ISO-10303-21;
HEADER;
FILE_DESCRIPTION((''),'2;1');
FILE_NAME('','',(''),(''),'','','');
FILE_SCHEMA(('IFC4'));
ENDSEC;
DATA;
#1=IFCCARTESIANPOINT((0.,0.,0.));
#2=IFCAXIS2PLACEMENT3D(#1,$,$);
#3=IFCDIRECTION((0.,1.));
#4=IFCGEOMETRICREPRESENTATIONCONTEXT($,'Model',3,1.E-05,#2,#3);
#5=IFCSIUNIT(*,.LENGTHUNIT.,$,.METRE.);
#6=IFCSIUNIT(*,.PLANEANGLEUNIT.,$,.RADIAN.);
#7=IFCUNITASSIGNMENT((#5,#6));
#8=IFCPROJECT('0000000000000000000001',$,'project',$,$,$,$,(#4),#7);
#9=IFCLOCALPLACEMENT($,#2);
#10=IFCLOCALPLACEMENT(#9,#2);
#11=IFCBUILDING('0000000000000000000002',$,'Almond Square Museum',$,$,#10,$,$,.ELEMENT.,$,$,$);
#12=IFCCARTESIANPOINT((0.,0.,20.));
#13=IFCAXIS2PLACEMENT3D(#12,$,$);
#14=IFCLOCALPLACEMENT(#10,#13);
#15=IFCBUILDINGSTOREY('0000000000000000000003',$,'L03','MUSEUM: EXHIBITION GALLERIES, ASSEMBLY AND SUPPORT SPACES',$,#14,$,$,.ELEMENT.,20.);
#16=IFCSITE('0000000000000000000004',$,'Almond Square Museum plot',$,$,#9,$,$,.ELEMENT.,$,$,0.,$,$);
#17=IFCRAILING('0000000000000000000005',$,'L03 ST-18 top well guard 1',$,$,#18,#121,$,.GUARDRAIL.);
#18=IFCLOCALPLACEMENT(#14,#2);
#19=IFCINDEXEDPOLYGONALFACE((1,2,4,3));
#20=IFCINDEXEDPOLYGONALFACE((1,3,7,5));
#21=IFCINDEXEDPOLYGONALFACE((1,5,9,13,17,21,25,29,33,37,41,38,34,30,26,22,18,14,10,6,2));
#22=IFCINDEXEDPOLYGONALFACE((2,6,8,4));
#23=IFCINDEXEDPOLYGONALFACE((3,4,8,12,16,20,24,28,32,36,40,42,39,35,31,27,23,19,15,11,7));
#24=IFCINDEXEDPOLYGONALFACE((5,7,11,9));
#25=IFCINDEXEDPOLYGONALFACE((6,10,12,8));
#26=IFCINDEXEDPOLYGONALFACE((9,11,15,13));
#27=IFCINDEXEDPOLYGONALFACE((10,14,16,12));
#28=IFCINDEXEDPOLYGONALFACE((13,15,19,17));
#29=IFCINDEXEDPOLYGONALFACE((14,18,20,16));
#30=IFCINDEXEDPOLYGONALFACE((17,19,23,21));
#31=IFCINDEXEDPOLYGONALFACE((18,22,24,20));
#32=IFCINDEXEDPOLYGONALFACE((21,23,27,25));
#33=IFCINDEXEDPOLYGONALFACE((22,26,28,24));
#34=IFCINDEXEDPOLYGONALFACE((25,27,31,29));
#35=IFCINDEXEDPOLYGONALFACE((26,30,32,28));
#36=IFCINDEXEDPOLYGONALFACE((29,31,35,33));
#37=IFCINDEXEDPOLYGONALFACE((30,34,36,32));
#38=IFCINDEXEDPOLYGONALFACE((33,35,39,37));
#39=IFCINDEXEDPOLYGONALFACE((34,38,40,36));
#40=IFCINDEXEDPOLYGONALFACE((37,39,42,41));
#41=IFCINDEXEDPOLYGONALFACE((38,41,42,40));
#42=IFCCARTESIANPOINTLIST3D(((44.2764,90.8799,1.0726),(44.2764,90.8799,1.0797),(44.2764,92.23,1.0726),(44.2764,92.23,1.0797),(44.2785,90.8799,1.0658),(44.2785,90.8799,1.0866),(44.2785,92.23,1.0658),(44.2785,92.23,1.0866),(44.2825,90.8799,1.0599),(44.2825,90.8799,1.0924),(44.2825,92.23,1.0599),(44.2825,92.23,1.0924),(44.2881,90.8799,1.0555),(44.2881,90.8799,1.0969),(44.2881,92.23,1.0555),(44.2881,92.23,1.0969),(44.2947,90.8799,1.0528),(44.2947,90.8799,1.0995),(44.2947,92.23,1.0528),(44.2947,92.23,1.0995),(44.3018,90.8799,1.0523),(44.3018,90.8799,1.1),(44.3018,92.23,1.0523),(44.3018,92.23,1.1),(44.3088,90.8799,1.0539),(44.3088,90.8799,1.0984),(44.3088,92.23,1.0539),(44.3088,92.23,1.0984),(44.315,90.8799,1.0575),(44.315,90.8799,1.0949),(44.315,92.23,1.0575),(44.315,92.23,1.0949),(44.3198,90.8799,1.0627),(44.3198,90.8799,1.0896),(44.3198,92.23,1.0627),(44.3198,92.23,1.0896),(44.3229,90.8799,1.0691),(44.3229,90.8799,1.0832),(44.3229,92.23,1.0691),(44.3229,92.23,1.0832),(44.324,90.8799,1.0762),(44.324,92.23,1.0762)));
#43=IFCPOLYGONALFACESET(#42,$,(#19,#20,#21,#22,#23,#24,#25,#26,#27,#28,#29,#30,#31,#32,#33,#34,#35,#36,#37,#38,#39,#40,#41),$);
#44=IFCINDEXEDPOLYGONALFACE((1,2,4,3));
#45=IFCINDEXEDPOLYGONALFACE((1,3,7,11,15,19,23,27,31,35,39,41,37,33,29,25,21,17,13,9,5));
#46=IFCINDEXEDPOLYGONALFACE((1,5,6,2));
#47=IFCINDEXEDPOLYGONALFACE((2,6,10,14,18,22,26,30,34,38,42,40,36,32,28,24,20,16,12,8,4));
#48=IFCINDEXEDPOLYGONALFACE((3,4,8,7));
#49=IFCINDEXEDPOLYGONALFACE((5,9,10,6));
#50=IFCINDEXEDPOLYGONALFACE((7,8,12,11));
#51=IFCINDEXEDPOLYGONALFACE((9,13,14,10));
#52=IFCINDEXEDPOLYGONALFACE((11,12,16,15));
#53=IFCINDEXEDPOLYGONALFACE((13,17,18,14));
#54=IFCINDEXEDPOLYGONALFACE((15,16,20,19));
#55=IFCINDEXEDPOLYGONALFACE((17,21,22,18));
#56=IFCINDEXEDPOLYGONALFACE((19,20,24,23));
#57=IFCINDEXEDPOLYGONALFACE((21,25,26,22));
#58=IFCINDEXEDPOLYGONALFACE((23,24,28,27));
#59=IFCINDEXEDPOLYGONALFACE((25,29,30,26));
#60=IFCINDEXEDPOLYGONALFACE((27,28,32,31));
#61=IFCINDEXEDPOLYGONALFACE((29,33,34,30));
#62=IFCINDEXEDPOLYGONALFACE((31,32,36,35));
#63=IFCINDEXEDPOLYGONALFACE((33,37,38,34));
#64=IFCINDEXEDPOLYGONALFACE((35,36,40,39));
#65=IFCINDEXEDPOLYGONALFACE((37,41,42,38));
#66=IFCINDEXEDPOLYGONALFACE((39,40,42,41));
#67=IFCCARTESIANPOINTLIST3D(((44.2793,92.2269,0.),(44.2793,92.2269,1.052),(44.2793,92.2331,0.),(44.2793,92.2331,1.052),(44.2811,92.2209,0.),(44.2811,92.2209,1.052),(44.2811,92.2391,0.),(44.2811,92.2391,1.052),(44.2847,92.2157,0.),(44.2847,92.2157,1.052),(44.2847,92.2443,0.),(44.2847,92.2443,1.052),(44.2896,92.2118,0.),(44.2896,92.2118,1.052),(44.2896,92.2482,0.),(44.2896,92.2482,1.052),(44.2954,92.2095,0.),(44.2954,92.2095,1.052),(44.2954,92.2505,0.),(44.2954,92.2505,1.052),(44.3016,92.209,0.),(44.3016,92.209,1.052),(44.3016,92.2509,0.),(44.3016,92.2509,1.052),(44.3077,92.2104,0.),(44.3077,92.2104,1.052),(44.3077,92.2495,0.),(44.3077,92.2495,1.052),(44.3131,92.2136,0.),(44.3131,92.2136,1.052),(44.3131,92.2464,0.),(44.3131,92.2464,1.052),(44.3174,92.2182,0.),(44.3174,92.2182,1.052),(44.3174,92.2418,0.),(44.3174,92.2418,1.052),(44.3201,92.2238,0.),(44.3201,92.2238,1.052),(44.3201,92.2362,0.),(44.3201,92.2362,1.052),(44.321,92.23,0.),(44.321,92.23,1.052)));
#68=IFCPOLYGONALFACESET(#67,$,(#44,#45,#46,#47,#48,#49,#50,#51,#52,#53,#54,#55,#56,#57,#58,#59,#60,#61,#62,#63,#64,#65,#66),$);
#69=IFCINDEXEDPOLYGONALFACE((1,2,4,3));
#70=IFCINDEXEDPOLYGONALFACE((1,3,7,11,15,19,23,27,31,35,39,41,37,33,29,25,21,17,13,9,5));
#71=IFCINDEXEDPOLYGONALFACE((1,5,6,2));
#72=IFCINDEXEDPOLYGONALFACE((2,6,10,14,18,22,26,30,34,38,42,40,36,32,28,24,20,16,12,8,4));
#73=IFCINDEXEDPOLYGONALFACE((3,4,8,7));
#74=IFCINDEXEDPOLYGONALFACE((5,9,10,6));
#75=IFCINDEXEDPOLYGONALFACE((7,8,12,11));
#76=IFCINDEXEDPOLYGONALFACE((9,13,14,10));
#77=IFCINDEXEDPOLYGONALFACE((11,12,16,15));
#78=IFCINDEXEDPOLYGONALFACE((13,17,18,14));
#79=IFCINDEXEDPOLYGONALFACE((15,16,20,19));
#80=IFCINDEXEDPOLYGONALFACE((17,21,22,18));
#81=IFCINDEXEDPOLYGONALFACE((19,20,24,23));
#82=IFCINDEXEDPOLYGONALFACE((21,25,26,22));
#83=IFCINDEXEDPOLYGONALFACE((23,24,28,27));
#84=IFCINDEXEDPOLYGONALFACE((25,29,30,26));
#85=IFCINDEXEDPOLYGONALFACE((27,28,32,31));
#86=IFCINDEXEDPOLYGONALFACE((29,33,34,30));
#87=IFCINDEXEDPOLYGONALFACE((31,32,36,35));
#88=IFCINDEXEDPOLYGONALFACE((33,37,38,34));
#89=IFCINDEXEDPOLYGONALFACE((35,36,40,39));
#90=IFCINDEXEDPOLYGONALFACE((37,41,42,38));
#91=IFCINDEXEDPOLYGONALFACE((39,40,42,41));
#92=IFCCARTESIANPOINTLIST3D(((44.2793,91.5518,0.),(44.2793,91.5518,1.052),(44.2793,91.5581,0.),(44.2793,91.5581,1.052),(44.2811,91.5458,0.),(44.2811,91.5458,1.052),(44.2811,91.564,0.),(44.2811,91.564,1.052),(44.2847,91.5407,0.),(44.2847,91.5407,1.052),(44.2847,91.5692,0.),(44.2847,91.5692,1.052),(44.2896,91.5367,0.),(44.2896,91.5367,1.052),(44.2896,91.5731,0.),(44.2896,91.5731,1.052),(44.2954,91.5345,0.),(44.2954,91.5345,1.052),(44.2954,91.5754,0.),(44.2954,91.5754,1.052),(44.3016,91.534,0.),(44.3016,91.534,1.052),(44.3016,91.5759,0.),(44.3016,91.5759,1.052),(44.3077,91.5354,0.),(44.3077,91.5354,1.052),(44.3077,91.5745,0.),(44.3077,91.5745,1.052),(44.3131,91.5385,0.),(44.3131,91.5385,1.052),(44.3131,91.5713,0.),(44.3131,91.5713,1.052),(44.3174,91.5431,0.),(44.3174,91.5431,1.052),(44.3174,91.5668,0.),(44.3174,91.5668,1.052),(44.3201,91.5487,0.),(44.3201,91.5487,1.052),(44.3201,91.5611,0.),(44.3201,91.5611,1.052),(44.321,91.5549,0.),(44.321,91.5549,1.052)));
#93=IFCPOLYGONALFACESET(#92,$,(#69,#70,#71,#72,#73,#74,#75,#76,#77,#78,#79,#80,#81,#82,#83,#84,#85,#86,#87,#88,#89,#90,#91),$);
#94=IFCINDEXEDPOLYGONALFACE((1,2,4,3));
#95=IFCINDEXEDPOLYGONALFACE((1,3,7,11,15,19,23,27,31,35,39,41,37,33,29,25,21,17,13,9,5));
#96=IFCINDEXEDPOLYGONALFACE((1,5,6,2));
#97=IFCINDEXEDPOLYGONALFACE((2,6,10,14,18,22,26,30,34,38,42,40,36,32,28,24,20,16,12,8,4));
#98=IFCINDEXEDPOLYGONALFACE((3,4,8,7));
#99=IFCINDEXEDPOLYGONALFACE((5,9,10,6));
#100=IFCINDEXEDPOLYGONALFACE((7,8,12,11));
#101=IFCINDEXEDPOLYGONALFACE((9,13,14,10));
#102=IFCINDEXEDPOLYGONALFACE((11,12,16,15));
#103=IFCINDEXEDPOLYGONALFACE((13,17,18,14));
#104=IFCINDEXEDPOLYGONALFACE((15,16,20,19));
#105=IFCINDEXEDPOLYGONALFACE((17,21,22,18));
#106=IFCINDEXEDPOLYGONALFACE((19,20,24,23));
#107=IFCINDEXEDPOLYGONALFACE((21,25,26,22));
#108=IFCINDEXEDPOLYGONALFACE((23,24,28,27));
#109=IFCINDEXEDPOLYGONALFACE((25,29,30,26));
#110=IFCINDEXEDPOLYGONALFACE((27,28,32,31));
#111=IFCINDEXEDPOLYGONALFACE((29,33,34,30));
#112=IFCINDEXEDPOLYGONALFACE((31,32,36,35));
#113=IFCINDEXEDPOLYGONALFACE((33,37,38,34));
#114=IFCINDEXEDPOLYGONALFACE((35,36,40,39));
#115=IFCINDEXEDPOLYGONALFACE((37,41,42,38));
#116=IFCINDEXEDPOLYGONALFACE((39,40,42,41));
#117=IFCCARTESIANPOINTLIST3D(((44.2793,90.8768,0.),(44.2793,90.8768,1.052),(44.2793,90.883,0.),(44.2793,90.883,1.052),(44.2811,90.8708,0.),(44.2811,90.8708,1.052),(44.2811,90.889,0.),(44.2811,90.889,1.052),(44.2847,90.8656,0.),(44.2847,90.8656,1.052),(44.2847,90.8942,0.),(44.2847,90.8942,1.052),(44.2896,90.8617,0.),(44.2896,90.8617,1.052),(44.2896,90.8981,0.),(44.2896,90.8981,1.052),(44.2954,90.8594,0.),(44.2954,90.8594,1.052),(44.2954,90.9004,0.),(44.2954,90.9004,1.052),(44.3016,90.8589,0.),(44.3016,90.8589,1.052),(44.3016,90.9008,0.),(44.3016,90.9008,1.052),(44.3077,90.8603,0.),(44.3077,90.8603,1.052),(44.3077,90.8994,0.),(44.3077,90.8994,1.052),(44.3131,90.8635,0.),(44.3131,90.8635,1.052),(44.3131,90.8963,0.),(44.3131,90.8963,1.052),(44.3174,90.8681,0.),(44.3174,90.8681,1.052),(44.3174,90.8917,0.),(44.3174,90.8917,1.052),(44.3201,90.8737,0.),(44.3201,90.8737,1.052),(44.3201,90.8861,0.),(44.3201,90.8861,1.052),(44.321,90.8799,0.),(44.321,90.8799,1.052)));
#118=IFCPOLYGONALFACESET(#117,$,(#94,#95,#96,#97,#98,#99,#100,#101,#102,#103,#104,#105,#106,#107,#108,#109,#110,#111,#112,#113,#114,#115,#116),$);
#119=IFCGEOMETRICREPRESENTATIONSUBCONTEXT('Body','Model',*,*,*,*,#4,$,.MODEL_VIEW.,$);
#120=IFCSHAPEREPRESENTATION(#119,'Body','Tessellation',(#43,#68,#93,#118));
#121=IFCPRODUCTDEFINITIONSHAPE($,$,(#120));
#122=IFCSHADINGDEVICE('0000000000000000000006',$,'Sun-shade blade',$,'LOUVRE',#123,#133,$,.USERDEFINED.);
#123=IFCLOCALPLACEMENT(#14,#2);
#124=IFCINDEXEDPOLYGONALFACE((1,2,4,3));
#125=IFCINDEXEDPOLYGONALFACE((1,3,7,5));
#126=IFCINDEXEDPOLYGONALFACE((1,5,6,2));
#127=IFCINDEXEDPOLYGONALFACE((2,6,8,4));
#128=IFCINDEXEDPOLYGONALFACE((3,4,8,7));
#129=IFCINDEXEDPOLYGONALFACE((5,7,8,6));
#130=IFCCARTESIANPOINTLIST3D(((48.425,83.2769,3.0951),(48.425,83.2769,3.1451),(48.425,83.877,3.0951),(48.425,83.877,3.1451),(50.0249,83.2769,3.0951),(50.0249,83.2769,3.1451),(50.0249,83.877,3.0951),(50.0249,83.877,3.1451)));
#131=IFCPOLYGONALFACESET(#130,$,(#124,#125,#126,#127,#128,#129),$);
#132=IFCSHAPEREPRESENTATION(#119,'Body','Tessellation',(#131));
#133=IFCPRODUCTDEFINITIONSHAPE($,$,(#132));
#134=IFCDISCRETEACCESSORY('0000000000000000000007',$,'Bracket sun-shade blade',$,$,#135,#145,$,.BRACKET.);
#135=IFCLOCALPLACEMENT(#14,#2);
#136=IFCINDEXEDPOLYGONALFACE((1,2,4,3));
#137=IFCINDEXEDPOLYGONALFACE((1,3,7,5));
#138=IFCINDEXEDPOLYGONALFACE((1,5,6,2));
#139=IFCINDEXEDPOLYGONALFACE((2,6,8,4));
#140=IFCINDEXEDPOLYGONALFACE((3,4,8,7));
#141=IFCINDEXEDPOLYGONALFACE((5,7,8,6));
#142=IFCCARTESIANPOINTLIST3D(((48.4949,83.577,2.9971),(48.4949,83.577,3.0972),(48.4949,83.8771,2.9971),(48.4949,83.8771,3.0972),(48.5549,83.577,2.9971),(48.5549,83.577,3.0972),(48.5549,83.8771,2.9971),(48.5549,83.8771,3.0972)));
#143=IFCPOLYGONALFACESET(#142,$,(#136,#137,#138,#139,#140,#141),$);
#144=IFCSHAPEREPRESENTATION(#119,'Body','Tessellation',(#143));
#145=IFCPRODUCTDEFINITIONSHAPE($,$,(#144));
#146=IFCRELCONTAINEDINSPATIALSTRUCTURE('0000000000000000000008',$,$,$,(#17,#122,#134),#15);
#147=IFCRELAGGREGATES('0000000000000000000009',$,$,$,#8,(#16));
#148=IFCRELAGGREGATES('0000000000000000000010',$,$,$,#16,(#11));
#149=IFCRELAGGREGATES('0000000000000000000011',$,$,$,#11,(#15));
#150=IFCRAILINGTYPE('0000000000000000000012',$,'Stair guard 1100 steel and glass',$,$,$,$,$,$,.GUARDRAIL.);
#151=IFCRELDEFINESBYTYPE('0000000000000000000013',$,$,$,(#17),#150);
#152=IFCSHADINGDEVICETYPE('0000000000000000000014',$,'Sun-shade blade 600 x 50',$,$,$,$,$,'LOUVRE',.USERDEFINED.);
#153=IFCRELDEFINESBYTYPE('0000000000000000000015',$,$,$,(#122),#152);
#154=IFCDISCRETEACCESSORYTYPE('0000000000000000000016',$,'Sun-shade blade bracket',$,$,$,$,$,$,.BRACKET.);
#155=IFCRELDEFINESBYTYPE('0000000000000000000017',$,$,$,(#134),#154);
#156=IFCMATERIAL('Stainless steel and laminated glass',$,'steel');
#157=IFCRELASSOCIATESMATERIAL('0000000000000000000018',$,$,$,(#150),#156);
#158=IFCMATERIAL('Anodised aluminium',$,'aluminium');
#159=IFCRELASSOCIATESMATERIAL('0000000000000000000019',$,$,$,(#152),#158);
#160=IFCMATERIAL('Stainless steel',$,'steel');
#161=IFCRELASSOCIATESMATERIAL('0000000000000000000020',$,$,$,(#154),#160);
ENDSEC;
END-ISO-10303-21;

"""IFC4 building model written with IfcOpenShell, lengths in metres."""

from ifc_helpers import new_model, si_unit, direction, frame, origin, origin_2d, place, context, subcontext, project, spatial, rectangle, circle, extrude, material, material_profile, profile_set, type_object, element, save


model = new_model("IFC4")

# Units and contexts
model_context = context("Model", 3, precision=1e-05, world=origin(), true_north=direction((0.0, 1.0)))
body_context = subcontext(model_context, "Body", "Model", "MODEL_VIEW")
ifc_project = project(units=[si_unit("LENGTHUNIT", "METRE"), si_unit("PLANEANGLEUNIT", "RADIAN")], contexts=[model_context])

# Site, building, storey
site_placement = place(None, origin())
site = spatial("IfcSite", under=ifc_project, at=site_placement, Name="Almond Square Museum plot", CompositionType="ELEMENT", RefElevation=0.0)
building_placement = place(site_placement, origin())
building = spatial("IfcBuilding", under=site, at=building_placement, Name="Almond Square Museum", CompositionType="ELEMENT")
storey_placement = place(building_placement, frame((0.0, 0.0, 20.0)))
storey = spatial("IfcBuildingStorey", under=building, at=storey_placement, Name="L03", Description="MUSEUM: EXHIBITION GALLERIES, ASSEMBLY AND SUPPORT SPACES", CompositionType="ELEMENT", Elevation=20.0)

# Railing
ifc_material_1 = material(Name="Stainless steel and laminated glass", Category="steel")
railing_type = type_object("IfcRailingType", Name="Stair guard 1100 steel and glass", PredefinedType="GUARDRAIL", material=ifc_material_1)
for number, where, name in (
    (1, (44.3, 92.23, 0.0), "L03 ST-18 top well guard 1"),
):
    element("IfcRailing", number, at=place(storey_placement, frame(where)), inside=storey, type_object=railing_type, Name=name, PredefinedType="GUARDRAIL", context=body_context, shape_type="SweptSolid", body=[
        extrude(circle(Radius=0.0239, at=origin_2d()), frame((0.0, 0.0, 1.0762), z_axis=(0.0, -1.0, 0.0), x_axis=(1.0, 0.0, 0.0)), (0.0, 0.0, 1.0), 1.3501),
        extrude(circle(Radius=0.021, at=origin_2d()), origin(), (0.0, 0.0, 1.0), 1.052),
        extrude(circle(Radius=0.021, at=origin_2d()), frame((0.0, -0.675, 0.0)), (0.0, 0.0, 1.0), 1.052),
        extrude(circle(Radius=0.021, at=origin_2d()), frame((0.0, -1.3501, 0.0)), (0.0, 0.0, 1.0), 1.052),
    ])

# Shading device
ifc_material_2 = material(Name="Anodised aluminium", Category="aluminium")
ifc_material_profile_1 = material_profile(ifc_material_2, rectangle(XDim=0.6001, YDim=0.05, at=origin_2d()))
ifc_profile_set_1 = profile_set([ifc_material_profile_1], Name="Anodised aluminium")
shading_device_type = type_object("IfcShadingDeviceType", Name="Sun-shade blade 600 x 50", ElementType="LOUVRE", PredefinedType="USERDEFINED", material=ifc_profile_set_1)
shading_device_placement = place(storey_placement, frame((48.425, 83.5769, 3.1201), z_axis=(1.0, 0.0, 0.0), x_axis=(0.0, 1.0, 0.0)))
element("IfcShadingDevice", 2, at=shading_device_placement, inside=storey, type_object=shading_device_type, Name="Sun-shade blade", ObjectType="LOUVRE", PredefinedType="USERDEFINED", context=body_context, shape_type="SweptSolid", body=[
    extrude(rectangle(XDim=0.6001, YDim=0.05, at=origin_2d()), origin(), (0.0, 0.0, 1.0), 1.5999),
])

# Discrete accessory
ifc_material_3 = material(Name="Stainless steel", Category="steel")
discrete_accessory_type = type_object("IfcDiscreteAccessoryType", Name="Sun-shade blade bracket", PredefinedType="BRACKET", material=ifc_material_3)
discrete_accessory_placement = place(storey_placement, frame((48.5249, 83.7271, 2.9971), z_axis=(0.0, 0.0, 1.0), x_axis=(1.0, 0.0, 0.0)))
element("IfcDiscreteAccessory", 3, at=discrete_accessory_placement, inside=storey, type_object=discrete_accessory_type, Name="Bracket sun-shade blade", PredefinedType="BRACKET", context=body_context, shape_type="SweptSolid", body=[
    extrude(rectangle(XDim=0.0601, YDim=0.3, at=origin_2d()), origin(), (0.0, 0.0, 1.0), 0.1001),
])

save(model, "model.ifc")
